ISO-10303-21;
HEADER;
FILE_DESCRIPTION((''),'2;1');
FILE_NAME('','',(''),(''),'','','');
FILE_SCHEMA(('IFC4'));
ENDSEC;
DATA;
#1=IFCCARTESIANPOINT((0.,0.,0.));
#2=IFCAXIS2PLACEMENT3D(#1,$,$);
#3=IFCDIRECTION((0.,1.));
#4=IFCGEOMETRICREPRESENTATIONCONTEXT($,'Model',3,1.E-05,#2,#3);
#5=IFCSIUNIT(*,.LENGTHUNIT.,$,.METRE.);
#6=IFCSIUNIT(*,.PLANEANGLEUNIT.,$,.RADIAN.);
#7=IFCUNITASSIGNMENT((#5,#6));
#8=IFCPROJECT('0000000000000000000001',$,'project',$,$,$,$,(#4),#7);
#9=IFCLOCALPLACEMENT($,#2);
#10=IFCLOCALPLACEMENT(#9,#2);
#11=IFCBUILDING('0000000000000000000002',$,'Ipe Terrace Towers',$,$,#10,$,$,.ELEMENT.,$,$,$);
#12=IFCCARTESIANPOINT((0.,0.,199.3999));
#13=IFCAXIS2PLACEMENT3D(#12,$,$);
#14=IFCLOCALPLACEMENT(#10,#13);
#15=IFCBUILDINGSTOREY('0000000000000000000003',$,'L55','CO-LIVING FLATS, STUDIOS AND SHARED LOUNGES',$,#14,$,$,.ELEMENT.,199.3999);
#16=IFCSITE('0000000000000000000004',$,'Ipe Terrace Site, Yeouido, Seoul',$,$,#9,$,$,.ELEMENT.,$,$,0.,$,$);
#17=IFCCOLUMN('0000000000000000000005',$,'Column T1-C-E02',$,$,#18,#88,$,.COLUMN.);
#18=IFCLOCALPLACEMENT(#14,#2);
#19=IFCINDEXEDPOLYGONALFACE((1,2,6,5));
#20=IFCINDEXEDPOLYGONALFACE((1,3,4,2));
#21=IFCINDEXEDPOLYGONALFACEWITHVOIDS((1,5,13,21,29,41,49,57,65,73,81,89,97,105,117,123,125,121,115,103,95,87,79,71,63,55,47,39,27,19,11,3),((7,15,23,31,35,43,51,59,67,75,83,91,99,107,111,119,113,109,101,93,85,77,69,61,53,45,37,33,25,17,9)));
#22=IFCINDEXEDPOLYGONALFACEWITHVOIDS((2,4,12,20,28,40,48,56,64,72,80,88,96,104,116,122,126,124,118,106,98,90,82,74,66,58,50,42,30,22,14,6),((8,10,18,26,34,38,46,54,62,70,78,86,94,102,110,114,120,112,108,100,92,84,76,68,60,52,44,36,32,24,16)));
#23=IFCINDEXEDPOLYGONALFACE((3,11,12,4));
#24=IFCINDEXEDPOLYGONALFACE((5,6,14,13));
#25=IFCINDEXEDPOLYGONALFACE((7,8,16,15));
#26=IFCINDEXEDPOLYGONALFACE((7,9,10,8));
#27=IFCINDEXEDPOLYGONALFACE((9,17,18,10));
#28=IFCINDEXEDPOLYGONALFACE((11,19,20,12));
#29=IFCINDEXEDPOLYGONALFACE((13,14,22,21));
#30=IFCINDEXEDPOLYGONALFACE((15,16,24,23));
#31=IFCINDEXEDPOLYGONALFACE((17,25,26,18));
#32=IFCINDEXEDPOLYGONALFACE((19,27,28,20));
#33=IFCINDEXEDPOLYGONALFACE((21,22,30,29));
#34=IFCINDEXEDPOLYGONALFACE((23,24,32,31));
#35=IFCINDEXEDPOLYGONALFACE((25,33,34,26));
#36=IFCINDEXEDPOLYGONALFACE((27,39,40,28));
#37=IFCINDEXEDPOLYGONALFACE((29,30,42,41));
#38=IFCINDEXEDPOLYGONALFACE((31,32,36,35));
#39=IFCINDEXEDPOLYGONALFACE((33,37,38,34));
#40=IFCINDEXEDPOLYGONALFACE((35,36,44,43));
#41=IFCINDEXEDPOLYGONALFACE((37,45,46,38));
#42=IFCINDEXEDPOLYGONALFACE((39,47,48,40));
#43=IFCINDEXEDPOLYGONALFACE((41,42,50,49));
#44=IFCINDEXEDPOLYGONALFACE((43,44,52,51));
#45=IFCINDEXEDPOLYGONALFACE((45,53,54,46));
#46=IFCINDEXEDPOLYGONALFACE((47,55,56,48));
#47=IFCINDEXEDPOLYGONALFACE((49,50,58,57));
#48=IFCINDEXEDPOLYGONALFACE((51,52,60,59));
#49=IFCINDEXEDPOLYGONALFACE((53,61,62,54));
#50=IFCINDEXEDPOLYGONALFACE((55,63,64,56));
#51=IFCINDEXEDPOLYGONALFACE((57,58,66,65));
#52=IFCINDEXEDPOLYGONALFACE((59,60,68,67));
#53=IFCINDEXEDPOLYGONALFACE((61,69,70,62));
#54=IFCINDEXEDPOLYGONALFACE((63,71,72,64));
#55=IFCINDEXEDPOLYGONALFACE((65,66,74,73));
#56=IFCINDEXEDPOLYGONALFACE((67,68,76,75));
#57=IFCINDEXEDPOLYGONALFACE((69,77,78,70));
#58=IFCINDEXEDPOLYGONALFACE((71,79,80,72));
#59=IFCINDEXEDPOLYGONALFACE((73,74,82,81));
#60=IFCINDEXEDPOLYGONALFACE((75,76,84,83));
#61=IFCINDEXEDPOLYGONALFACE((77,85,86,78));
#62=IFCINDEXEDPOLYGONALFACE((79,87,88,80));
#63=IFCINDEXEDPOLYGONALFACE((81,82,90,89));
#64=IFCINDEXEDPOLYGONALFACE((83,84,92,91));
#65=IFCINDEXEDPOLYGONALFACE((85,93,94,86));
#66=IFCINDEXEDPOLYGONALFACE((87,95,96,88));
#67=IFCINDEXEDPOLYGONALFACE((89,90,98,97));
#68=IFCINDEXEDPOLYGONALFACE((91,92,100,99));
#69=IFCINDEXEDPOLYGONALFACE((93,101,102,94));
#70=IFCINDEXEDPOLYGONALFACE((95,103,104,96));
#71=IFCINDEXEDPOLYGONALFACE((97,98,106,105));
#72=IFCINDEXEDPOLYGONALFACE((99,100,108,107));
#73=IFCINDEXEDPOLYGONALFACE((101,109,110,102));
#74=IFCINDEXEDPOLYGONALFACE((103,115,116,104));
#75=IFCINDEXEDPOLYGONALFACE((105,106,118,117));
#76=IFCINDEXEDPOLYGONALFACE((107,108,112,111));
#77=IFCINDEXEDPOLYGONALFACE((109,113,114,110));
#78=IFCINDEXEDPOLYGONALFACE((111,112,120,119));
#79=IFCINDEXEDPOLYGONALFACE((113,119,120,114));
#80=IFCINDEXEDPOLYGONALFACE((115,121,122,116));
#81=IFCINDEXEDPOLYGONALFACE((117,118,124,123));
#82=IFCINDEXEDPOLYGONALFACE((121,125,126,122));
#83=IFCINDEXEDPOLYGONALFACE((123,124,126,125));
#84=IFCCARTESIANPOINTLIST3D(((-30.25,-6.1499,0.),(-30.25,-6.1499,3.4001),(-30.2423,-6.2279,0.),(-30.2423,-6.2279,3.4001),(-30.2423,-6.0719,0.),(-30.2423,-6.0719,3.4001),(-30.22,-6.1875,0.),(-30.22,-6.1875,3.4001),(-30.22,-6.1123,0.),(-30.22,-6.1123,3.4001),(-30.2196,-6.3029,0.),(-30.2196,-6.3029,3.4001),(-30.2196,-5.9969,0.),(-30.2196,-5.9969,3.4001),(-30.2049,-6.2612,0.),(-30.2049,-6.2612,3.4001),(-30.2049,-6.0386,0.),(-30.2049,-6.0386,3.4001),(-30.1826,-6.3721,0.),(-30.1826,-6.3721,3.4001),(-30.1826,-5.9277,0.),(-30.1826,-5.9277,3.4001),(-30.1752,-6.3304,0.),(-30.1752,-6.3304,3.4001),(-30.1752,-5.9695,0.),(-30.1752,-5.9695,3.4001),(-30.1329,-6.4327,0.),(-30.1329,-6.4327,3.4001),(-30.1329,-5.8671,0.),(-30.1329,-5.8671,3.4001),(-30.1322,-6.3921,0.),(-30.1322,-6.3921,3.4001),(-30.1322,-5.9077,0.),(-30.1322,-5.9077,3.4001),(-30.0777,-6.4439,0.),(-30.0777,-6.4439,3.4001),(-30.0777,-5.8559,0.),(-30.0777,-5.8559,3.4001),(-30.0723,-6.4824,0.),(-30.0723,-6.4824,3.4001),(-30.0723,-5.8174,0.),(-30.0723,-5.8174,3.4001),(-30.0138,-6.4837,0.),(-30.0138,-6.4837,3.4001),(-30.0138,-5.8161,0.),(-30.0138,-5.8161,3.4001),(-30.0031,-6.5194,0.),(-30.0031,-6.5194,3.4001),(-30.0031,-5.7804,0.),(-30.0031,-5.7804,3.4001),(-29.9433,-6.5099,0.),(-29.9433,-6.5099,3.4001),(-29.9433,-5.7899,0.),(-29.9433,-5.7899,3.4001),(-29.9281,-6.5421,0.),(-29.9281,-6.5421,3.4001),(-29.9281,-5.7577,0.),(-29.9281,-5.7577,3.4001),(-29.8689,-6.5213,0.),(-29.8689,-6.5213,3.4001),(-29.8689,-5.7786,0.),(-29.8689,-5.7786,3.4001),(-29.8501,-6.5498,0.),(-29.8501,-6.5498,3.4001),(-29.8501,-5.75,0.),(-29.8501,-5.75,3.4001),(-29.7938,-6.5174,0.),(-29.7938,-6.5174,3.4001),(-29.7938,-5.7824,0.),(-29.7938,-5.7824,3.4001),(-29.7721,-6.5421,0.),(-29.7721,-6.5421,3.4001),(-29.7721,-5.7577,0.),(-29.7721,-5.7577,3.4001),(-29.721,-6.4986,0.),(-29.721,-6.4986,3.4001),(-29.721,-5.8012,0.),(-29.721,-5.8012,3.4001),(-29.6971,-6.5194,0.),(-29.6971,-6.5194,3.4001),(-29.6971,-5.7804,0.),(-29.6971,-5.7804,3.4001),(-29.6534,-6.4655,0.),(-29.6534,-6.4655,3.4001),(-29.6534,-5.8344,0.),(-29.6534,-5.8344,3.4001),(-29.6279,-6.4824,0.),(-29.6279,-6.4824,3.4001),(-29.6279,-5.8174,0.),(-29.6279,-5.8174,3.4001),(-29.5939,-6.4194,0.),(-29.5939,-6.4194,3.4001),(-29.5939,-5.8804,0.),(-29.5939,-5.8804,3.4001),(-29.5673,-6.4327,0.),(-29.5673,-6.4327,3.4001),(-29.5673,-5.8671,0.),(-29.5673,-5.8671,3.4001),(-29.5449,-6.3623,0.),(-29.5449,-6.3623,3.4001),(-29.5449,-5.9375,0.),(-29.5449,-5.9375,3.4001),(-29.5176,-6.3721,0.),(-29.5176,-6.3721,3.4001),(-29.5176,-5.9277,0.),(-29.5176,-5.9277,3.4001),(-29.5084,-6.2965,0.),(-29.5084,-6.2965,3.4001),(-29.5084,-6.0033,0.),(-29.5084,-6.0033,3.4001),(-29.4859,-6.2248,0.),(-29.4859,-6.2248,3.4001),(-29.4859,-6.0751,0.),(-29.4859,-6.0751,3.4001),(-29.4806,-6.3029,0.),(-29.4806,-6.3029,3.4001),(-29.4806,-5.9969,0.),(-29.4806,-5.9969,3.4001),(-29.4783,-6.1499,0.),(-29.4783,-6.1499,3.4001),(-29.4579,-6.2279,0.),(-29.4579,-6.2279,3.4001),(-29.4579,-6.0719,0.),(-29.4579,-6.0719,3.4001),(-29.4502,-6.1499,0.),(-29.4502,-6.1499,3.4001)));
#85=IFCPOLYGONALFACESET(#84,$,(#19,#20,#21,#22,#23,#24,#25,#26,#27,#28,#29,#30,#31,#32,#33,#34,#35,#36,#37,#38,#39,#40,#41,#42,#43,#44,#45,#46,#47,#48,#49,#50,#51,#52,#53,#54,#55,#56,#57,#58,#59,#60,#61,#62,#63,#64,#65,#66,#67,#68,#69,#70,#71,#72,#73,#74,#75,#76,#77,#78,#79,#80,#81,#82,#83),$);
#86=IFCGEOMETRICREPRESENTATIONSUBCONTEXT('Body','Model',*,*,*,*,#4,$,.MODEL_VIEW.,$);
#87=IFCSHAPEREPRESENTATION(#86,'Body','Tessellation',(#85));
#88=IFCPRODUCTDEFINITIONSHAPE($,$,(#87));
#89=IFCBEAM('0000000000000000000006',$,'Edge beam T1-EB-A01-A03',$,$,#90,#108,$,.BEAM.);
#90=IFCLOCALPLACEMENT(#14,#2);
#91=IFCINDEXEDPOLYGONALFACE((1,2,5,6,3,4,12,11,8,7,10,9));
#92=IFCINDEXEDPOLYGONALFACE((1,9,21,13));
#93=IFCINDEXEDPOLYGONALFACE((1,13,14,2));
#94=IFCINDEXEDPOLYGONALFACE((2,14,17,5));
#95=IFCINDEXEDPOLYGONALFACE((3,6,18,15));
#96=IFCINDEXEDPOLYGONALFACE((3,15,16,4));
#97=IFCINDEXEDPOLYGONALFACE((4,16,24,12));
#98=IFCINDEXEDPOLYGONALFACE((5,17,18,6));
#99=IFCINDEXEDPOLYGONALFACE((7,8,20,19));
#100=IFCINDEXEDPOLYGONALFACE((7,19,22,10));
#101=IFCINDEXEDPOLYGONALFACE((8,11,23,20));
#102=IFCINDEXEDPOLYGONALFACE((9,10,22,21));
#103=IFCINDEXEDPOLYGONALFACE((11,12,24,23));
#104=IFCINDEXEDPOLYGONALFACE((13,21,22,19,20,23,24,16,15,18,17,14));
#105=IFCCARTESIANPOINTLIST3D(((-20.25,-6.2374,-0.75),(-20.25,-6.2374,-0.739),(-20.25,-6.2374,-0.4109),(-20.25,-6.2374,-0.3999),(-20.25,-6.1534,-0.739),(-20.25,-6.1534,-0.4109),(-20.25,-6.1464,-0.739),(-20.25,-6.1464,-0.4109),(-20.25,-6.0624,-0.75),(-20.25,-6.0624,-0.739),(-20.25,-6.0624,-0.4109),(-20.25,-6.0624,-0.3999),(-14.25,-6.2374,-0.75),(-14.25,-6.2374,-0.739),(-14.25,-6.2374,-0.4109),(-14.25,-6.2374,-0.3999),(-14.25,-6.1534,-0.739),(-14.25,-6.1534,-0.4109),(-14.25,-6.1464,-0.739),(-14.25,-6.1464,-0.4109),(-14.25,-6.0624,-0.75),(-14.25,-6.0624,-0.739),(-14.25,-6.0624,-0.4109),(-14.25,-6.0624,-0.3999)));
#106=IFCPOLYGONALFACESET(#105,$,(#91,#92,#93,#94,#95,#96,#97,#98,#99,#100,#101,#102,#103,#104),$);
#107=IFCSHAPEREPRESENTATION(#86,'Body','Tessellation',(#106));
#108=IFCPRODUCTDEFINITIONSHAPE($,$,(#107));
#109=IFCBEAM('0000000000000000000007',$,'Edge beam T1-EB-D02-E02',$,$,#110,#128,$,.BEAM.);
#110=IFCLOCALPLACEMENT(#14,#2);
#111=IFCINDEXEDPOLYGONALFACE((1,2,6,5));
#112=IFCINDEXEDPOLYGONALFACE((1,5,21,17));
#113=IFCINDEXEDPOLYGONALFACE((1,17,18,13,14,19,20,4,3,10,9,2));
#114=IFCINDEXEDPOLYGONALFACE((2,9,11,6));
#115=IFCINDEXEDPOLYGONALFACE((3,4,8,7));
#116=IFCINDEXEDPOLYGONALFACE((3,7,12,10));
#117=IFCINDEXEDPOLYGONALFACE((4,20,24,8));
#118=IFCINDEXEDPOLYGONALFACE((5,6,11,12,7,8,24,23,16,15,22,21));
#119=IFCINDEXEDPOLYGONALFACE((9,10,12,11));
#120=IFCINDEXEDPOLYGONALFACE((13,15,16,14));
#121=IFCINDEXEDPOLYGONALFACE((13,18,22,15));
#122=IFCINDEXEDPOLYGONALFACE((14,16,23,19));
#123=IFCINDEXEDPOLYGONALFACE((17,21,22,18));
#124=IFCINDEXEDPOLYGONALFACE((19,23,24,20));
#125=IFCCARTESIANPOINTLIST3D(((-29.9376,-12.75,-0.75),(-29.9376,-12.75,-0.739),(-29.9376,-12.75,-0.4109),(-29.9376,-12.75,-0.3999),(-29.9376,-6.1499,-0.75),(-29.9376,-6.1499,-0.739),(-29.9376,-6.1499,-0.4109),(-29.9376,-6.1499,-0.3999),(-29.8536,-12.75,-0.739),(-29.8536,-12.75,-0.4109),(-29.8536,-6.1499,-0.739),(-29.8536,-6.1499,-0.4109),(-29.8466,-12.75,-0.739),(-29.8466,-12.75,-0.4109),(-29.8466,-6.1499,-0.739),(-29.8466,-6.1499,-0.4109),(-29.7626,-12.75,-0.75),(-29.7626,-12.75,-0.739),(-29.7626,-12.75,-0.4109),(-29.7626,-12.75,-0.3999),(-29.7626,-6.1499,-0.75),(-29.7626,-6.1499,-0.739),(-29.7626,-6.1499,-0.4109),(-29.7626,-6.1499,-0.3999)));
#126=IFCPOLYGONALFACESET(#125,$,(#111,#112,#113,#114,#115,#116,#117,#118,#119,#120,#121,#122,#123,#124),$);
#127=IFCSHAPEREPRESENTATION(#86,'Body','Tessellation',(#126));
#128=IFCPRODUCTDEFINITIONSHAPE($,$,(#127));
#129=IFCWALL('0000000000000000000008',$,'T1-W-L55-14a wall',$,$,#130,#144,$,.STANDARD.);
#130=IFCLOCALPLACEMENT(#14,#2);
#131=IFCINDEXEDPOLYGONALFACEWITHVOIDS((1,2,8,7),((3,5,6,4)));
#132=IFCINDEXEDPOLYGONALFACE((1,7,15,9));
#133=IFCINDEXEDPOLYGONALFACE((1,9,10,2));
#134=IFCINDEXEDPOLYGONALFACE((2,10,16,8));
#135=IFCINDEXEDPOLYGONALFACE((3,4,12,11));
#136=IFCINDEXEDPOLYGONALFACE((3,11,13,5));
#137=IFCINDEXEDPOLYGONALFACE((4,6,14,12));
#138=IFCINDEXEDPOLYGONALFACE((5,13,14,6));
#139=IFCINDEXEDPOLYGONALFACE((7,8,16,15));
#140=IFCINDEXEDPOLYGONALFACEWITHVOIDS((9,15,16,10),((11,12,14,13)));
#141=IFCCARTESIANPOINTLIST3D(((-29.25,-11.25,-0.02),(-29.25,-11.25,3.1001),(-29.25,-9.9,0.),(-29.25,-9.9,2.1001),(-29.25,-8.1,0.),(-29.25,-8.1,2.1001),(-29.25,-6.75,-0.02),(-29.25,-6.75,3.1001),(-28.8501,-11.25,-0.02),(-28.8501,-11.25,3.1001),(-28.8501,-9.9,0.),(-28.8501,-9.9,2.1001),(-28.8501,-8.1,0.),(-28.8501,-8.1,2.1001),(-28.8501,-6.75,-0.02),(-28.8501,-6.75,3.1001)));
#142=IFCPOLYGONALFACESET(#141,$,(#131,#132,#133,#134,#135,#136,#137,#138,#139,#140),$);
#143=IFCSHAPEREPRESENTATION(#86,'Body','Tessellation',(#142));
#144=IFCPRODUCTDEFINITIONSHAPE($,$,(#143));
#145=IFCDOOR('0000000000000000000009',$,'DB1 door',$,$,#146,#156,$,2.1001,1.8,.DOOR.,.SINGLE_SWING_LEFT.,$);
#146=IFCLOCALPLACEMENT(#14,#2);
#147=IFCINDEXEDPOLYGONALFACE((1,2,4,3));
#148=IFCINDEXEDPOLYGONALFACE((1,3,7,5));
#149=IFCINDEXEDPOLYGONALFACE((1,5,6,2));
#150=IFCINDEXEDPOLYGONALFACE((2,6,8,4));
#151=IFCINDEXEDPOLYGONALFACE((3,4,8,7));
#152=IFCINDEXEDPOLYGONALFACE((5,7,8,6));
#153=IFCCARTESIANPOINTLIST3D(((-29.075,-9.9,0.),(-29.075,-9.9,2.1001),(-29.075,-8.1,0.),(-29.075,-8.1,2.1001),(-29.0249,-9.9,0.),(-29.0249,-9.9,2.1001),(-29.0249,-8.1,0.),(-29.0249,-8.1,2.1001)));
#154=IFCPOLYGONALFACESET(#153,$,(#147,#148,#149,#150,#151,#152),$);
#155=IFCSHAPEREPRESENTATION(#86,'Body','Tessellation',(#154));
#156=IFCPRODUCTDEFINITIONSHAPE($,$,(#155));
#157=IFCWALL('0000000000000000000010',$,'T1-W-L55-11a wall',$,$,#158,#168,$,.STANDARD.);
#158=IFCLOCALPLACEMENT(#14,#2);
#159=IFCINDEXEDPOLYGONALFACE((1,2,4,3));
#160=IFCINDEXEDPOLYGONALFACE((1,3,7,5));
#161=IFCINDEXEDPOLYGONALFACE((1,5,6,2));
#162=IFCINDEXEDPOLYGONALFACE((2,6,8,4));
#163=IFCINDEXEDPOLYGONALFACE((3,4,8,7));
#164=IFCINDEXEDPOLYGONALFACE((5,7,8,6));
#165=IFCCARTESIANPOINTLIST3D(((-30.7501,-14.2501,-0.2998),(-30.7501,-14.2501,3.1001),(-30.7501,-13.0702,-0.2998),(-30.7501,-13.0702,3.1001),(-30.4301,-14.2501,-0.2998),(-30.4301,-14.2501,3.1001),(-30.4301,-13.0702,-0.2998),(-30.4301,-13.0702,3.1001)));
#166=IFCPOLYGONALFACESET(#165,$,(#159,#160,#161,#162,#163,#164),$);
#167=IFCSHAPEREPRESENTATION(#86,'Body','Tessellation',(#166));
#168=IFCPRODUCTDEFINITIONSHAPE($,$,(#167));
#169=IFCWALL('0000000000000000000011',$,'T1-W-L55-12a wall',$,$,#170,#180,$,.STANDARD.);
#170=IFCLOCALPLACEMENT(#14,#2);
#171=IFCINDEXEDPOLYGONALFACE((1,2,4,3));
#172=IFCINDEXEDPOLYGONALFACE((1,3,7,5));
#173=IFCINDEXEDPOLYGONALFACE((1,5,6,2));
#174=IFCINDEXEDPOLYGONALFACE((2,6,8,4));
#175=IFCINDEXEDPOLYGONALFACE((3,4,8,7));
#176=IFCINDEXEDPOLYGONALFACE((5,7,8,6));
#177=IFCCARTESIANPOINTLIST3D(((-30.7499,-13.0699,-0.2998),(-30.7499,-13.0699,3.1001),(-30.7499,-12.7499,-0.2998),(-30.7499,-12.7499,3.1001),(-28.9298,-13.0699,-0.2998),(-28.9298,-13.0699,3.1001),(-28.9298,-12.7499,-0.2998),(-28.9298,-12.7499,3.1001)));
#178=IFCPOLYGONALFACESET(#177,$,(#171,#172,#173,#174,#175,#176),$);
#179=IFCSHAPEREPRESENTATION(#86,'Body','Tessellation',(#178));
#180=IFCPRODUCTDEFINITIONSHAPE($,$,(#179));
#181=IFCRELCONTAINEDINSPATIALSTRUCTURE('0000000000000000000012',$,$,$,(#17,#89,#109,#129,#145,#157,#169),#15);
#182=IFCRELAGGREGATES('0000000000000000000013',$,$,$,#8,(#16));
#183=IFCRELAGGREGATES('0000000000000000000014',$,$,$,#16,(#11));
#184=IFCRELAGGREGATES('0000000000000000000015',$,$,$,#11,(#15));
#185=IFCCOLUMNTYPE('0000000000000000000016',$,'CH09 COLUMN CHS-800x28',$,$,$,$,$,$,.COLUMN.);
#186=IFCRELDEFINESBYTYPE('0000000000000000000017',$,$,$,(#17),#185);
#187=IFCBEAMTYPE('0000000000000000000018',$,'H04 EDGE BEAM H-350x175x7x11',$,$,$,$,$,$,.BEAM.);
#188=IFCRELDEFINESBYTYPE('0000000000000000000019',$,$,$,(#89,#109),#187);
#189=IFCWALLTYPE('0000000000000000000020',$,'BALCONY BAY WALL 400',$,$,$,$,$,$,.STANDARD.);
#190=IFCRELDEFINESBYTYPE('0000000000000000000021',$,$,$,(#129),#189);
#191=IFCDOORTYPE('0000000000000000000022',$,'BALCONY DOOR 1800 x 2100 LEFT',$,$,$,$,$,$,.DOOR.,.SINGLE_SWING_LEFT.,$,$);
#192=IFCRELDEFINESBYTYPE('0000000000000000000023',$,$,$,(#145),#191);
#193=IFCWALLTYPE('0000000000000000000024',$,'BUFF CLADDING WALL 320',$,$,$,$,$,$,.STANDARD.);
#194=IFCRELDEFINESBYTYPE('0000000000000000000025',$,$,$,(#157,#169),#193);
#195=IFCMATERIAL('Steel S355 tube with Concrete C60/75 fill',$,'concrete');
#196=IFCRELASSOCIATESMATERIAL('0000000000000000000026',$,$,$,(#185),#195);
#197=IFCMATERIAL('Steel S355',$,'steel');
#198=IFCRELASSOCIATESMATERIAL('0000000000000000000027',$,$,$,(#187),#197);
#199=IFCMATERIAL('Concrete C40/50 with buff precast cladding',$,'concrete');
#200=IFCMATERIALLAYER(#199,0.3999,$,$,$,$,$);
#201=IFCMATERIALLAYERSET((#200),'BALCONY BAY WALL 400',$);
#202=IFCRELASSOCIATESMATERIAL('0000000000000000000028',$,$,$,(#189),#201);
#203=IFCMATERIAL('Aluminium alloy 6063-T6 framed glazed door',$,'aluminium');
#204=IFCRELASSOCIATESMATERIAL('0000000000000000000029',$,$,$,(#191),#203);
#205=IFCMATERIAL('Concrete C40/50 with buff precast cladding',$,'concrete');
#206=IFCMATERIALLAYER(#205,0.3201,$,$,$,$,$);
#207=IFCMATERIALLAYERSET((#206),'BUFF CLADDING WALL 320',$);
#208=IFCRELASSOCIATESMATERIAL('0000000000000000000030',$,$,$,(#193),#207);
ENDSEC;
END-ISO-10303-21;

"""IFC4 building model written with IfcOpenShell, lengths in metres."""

from ifc_helpers import new_model, si_unit, direction, frame, frame_2d, origin, origin_2d, place, context, subcontext, project, spatial, rectangle, hollow_circle, i_section, extrude, material, layer, layer_set, material_profile, profile_set, type_object, element, fill, save


model = new_model("IFC4")

# Units and contexts
model_context = context("Model", 3, precision=1e-05, world=origin(), true_north=direction((0.0, 1.0)))
body_context = subcontext(model_context, "Body", "Model", "MODEL_VIEW")
ifc_project = project(units=[si_unit("LENGTHUNIT", "METRE"), si_unit("PLANEANGLEUNIT", "RADIAN")], contexts=[model_context])

# Site, building, storey
site_placement = place(None, origin())
site = spatial("IfcSite", under=ifc_project, at=site_placement, Name="Ipe Terrace Site, Yeouido, Seoul", CompositionType="ELEMENT", RefElevation=0.0)
building_placement = place(site_placement, origin())
building = spatial("IfcBuilding", under=site, at=building_placement, Name="Ipe Terrace Towers", CompositionType="ELEMENT")
storey_placement = place(building_placement, frame((0.0, 0.0, 199.3999)))
storey = spatial("IfcBuildingStorey", under=building, at=storey_placement, Name="L55", Description="CO-LIVING FLATS, STUDIOS AND SHARED LOUNGES", CompositionType="ELEMENT", Elevation=199.3999)

# Column
ifc_material_1 = material(Name="Steel S355 tube with Concrete C60/75 fill", Category="concrete")
ifc_material_profile_1 = material_profile(ifc_material_1, hollow_circle(Radius=0.3999, WallThickness=0.0281, at=origin_2d()), Name="CHS-800x28")
ifc_profile_set_1 = profile_set([ifc_material_profile_1], Name="Steel S355 tube with Concrete C60/75 fill")
column_type_1 = type_object("IfcColumnType", Name="CH09 COLUMN CHS-800x28", PredefinedType="COLUMN", material=ifc_profile_set_1)
column_placement = place(storey_placement, frame((-29.8501, -6.1499, 0.0), z_axis=(0.0, 0.0, 1.0), x_axis=(1.0, 0.0, 0.0)))
element("IfcColumn", 1, at=column_placement, inside=storey, type_object=column_type_1, Name="Column T1-C-E02", PredefinedType="COLUMN", context=body_context, shape_type="SweptSolid", body=[
    extrude(hollow_circle(Radius=0.3999, WallThickness=0.0281, at=origin_2d()), origin(), (0.0, 0.0, 1.0), 3.4001),
])

# Beams
ifc_material_2 = material(Name="Steel S355", Category="steel")
ifc_material_profile_2 = material_profile(ifc_material_2, i_section(OverallWidth=0.175, OverallDepth=0.3501, WebThickness=0.0071, FlangeThickness=0.011, at=origin_2d()), Name="H-350x175x7x11")
ifc_profile_set_2 = profile_set([ifc_material_profile_2], Name="Steel S355")
beam_type = type_object("IfcBeamType", Name="H04 EDGE BEAM H-350x175x7x11", PredefinedType="BEAM", material=ifc_profile_set_2)
beam_1_placement = place(storey_placement, frame((-20.25, -6.1499, -0.575), z_axis=(1.0, 0.0, 0.0), x_axis=(0.0, 1.0, 0.0)))
element("IfcBeam", 2, at=beam_1_placement, inside=storey, type_object=beam_type, Name="Edge beam T1-EB-A01-A03", PredefinedType="BEAM", context=body_context, shape_type="SweptSolid", body=[
    extrude(i_section(OverallWidth=0.175, OverallDepth=0.3501, WebThickness=0.0071, FlangeThickness=0.011, at=origin_2d()), origin(), (0.0, 0.0, 1.0), 6.0),
])
beam_2_placement = place(storey_placement, frame((-29.8501, -12.75, -0.575), z_axis=(0.0, 1.0, 0.0), x_axis=(-1.0, 0.0, 0.0)))
element("IfcBeam", 3, at=beam_2_placement, inside=storey, type_object=beam_type, Name="Edge beam T1-EB-D02-E02", PredefinedType="BEAM", context=body_context, shape_type="SweptSolid", body=[
    extrude(i_section(OverallWidth=0.175, OverallDepth=0.3501, WebThickness=0.0071, FlangeThickness=0.011, at=origin_2d()), origin(), (0.0, 0.0, 1.0), 6.6001),
])

# Wall, opening, door
ifc_material_3 = material(Name="Concrete C40/50 with buff precast cladding", Category="concrete")
ifc_layer_1 = layer(ifc_material_3, 0.3999)
ifc_layer_set_1 = layer_set([ifc_layer_1], Name="BALCONY BAY WALL 400")
wall_type_1 = type_object("IfcWallType", Name="BALCONY BAY WALL 400", PredefinedType="STANDARD", material=ifc_layer_set_1)
wall_1_placement = place(storey_placement, frame((-29.05, -11.25, -0.02), z_axis=(0.0, 0.0, 1.0), x_axis=(0.0, 1.0, 0.0)))
wall_1 = element("IfcWall", 4, at=wall_1_placement, inside=storey, type_object=wall_type_1, Name="T1-W-L55-14a wall", PredefinedType="STANDARD", context=body_context, shape_type="SweptSolid", body=[
    extrude(rectangle(XDim=4.5, YDim=0.3999, at=frame_2d((2.25, 0.0))), origin(), (0.0, 0.0, 1.0), 3.1201),
])
opening_1_placement = place(wall_1_placement, frame((1.3501, 0.0, 0.02)))
opening_1 = element("IfcOpeningElement", 5, at=opening_1_placement, cuts=wall_1, PredefinedType="OPENING", context=body_context, shape_type="SweptSolid", body=[
    extrude(rectangle(XDim=1.8, YDim=2.1001, at=frame_2d((0.8999, 1.05))), frame((0.0, 0.21, 0.0), z_axis=(0.0, -1.0, 0.0), x_axis=(1.0, 0.0, 0.0)), (0.0, 0.0, 1.0), 0.4199),
])
ifc_material_4 = material(Name="Aluminium alloy 6063-T6 framed glazed door", Category="aluminium")
door_type_1 = type_object("IfcDoorType", Name="BALCONY DOOR 1800 x 2100 LEFT", OperationType="SINGLE_SWING_LEFT", PredefinedType="DOOR", material=ifc_material_4)
door_1_placement = place(opening_1_placement, origin())
door_1 = element("IfcDoor", 6, at=door_1_placement, inside=storey, type_object=door_type_1, Name="DB1 door", OperationType="SINGLE_SWING_LEFT", OverallHeight=2.1001, OverallWidth=1.8, PredefinedType="DOOR", context=body_context, shape_type="SweptSolid", body=[
    extrude(rectangle(XDim=1.8, YDim=2.1001, at=frame_2d((0.8999, 1.05))), frame((0.0, 0.0249, 0.0), z_axis=(0.0, -1.0, 0.0), x_axis=(1.0, 0.0, 0.0)), (0.0, 0.0, 1.0), 0.05),
])
fill(opening_1, door_1)

# Walls
ifc_material_5 = material(Name="Concrete C40/50 with buff precast cladding", Category="concrete")
ifc_layer_2 = layer(ifc_material_5, 0.3201)
ifc_layer_set_2 = layer_set([ifc_layer_2], Name="BUFF CLADDING WALL 320")
wall_type_2 = type_object("IfcWallType", Name="BUFF CLADDING WALL 320", PredefinedType="STANDARD", material=ifc_layer_set_2)
wall_2_placement = place(storey_placement, frame((-30.5901, -14.25, -0.2998), z_axis=(0.0, 0.0, 1.0), x_axis=(0.0, 1.0, 0.0)))
element("IfcWall", 7, at=wall_2_placement, inside=storey, type_object=wall_type_2, Name="T1-W-L55-11a wall", PredefinedType="STANDARD", context=body_context, shape_type="SweptSolid", body=[
    extrude(rectangle(XDim=1.1799, YDim=0.3201, at=frame_2d((0.5898, 0.0))), origin(), (0.0, 0.0, 1.0), 3.3999),
])
wall_3_placement = place(storey_placement, frame((-30.75, -12.9099, -0.2998), z_axis=(0.0, 0.0, 1.0), x_axis=(1.0, 0.0, 0.0)))
element("IfcWall", 8, at=wall_3_placement, inside=storey, type_object=wall_type_2, Name="T1-W-L55-12a wall", PredefinedType="STANDARD", context=body_context, shape_type="SweptSolid", body=[
    extrude(rectangle(XDim=1.8201, YDim=0.3201, at=frame_2d((0.9102, 0.0))), origin(), (0.0, 0.0, 1.0), 3.3999),
])

save(model, "model.ifc")
